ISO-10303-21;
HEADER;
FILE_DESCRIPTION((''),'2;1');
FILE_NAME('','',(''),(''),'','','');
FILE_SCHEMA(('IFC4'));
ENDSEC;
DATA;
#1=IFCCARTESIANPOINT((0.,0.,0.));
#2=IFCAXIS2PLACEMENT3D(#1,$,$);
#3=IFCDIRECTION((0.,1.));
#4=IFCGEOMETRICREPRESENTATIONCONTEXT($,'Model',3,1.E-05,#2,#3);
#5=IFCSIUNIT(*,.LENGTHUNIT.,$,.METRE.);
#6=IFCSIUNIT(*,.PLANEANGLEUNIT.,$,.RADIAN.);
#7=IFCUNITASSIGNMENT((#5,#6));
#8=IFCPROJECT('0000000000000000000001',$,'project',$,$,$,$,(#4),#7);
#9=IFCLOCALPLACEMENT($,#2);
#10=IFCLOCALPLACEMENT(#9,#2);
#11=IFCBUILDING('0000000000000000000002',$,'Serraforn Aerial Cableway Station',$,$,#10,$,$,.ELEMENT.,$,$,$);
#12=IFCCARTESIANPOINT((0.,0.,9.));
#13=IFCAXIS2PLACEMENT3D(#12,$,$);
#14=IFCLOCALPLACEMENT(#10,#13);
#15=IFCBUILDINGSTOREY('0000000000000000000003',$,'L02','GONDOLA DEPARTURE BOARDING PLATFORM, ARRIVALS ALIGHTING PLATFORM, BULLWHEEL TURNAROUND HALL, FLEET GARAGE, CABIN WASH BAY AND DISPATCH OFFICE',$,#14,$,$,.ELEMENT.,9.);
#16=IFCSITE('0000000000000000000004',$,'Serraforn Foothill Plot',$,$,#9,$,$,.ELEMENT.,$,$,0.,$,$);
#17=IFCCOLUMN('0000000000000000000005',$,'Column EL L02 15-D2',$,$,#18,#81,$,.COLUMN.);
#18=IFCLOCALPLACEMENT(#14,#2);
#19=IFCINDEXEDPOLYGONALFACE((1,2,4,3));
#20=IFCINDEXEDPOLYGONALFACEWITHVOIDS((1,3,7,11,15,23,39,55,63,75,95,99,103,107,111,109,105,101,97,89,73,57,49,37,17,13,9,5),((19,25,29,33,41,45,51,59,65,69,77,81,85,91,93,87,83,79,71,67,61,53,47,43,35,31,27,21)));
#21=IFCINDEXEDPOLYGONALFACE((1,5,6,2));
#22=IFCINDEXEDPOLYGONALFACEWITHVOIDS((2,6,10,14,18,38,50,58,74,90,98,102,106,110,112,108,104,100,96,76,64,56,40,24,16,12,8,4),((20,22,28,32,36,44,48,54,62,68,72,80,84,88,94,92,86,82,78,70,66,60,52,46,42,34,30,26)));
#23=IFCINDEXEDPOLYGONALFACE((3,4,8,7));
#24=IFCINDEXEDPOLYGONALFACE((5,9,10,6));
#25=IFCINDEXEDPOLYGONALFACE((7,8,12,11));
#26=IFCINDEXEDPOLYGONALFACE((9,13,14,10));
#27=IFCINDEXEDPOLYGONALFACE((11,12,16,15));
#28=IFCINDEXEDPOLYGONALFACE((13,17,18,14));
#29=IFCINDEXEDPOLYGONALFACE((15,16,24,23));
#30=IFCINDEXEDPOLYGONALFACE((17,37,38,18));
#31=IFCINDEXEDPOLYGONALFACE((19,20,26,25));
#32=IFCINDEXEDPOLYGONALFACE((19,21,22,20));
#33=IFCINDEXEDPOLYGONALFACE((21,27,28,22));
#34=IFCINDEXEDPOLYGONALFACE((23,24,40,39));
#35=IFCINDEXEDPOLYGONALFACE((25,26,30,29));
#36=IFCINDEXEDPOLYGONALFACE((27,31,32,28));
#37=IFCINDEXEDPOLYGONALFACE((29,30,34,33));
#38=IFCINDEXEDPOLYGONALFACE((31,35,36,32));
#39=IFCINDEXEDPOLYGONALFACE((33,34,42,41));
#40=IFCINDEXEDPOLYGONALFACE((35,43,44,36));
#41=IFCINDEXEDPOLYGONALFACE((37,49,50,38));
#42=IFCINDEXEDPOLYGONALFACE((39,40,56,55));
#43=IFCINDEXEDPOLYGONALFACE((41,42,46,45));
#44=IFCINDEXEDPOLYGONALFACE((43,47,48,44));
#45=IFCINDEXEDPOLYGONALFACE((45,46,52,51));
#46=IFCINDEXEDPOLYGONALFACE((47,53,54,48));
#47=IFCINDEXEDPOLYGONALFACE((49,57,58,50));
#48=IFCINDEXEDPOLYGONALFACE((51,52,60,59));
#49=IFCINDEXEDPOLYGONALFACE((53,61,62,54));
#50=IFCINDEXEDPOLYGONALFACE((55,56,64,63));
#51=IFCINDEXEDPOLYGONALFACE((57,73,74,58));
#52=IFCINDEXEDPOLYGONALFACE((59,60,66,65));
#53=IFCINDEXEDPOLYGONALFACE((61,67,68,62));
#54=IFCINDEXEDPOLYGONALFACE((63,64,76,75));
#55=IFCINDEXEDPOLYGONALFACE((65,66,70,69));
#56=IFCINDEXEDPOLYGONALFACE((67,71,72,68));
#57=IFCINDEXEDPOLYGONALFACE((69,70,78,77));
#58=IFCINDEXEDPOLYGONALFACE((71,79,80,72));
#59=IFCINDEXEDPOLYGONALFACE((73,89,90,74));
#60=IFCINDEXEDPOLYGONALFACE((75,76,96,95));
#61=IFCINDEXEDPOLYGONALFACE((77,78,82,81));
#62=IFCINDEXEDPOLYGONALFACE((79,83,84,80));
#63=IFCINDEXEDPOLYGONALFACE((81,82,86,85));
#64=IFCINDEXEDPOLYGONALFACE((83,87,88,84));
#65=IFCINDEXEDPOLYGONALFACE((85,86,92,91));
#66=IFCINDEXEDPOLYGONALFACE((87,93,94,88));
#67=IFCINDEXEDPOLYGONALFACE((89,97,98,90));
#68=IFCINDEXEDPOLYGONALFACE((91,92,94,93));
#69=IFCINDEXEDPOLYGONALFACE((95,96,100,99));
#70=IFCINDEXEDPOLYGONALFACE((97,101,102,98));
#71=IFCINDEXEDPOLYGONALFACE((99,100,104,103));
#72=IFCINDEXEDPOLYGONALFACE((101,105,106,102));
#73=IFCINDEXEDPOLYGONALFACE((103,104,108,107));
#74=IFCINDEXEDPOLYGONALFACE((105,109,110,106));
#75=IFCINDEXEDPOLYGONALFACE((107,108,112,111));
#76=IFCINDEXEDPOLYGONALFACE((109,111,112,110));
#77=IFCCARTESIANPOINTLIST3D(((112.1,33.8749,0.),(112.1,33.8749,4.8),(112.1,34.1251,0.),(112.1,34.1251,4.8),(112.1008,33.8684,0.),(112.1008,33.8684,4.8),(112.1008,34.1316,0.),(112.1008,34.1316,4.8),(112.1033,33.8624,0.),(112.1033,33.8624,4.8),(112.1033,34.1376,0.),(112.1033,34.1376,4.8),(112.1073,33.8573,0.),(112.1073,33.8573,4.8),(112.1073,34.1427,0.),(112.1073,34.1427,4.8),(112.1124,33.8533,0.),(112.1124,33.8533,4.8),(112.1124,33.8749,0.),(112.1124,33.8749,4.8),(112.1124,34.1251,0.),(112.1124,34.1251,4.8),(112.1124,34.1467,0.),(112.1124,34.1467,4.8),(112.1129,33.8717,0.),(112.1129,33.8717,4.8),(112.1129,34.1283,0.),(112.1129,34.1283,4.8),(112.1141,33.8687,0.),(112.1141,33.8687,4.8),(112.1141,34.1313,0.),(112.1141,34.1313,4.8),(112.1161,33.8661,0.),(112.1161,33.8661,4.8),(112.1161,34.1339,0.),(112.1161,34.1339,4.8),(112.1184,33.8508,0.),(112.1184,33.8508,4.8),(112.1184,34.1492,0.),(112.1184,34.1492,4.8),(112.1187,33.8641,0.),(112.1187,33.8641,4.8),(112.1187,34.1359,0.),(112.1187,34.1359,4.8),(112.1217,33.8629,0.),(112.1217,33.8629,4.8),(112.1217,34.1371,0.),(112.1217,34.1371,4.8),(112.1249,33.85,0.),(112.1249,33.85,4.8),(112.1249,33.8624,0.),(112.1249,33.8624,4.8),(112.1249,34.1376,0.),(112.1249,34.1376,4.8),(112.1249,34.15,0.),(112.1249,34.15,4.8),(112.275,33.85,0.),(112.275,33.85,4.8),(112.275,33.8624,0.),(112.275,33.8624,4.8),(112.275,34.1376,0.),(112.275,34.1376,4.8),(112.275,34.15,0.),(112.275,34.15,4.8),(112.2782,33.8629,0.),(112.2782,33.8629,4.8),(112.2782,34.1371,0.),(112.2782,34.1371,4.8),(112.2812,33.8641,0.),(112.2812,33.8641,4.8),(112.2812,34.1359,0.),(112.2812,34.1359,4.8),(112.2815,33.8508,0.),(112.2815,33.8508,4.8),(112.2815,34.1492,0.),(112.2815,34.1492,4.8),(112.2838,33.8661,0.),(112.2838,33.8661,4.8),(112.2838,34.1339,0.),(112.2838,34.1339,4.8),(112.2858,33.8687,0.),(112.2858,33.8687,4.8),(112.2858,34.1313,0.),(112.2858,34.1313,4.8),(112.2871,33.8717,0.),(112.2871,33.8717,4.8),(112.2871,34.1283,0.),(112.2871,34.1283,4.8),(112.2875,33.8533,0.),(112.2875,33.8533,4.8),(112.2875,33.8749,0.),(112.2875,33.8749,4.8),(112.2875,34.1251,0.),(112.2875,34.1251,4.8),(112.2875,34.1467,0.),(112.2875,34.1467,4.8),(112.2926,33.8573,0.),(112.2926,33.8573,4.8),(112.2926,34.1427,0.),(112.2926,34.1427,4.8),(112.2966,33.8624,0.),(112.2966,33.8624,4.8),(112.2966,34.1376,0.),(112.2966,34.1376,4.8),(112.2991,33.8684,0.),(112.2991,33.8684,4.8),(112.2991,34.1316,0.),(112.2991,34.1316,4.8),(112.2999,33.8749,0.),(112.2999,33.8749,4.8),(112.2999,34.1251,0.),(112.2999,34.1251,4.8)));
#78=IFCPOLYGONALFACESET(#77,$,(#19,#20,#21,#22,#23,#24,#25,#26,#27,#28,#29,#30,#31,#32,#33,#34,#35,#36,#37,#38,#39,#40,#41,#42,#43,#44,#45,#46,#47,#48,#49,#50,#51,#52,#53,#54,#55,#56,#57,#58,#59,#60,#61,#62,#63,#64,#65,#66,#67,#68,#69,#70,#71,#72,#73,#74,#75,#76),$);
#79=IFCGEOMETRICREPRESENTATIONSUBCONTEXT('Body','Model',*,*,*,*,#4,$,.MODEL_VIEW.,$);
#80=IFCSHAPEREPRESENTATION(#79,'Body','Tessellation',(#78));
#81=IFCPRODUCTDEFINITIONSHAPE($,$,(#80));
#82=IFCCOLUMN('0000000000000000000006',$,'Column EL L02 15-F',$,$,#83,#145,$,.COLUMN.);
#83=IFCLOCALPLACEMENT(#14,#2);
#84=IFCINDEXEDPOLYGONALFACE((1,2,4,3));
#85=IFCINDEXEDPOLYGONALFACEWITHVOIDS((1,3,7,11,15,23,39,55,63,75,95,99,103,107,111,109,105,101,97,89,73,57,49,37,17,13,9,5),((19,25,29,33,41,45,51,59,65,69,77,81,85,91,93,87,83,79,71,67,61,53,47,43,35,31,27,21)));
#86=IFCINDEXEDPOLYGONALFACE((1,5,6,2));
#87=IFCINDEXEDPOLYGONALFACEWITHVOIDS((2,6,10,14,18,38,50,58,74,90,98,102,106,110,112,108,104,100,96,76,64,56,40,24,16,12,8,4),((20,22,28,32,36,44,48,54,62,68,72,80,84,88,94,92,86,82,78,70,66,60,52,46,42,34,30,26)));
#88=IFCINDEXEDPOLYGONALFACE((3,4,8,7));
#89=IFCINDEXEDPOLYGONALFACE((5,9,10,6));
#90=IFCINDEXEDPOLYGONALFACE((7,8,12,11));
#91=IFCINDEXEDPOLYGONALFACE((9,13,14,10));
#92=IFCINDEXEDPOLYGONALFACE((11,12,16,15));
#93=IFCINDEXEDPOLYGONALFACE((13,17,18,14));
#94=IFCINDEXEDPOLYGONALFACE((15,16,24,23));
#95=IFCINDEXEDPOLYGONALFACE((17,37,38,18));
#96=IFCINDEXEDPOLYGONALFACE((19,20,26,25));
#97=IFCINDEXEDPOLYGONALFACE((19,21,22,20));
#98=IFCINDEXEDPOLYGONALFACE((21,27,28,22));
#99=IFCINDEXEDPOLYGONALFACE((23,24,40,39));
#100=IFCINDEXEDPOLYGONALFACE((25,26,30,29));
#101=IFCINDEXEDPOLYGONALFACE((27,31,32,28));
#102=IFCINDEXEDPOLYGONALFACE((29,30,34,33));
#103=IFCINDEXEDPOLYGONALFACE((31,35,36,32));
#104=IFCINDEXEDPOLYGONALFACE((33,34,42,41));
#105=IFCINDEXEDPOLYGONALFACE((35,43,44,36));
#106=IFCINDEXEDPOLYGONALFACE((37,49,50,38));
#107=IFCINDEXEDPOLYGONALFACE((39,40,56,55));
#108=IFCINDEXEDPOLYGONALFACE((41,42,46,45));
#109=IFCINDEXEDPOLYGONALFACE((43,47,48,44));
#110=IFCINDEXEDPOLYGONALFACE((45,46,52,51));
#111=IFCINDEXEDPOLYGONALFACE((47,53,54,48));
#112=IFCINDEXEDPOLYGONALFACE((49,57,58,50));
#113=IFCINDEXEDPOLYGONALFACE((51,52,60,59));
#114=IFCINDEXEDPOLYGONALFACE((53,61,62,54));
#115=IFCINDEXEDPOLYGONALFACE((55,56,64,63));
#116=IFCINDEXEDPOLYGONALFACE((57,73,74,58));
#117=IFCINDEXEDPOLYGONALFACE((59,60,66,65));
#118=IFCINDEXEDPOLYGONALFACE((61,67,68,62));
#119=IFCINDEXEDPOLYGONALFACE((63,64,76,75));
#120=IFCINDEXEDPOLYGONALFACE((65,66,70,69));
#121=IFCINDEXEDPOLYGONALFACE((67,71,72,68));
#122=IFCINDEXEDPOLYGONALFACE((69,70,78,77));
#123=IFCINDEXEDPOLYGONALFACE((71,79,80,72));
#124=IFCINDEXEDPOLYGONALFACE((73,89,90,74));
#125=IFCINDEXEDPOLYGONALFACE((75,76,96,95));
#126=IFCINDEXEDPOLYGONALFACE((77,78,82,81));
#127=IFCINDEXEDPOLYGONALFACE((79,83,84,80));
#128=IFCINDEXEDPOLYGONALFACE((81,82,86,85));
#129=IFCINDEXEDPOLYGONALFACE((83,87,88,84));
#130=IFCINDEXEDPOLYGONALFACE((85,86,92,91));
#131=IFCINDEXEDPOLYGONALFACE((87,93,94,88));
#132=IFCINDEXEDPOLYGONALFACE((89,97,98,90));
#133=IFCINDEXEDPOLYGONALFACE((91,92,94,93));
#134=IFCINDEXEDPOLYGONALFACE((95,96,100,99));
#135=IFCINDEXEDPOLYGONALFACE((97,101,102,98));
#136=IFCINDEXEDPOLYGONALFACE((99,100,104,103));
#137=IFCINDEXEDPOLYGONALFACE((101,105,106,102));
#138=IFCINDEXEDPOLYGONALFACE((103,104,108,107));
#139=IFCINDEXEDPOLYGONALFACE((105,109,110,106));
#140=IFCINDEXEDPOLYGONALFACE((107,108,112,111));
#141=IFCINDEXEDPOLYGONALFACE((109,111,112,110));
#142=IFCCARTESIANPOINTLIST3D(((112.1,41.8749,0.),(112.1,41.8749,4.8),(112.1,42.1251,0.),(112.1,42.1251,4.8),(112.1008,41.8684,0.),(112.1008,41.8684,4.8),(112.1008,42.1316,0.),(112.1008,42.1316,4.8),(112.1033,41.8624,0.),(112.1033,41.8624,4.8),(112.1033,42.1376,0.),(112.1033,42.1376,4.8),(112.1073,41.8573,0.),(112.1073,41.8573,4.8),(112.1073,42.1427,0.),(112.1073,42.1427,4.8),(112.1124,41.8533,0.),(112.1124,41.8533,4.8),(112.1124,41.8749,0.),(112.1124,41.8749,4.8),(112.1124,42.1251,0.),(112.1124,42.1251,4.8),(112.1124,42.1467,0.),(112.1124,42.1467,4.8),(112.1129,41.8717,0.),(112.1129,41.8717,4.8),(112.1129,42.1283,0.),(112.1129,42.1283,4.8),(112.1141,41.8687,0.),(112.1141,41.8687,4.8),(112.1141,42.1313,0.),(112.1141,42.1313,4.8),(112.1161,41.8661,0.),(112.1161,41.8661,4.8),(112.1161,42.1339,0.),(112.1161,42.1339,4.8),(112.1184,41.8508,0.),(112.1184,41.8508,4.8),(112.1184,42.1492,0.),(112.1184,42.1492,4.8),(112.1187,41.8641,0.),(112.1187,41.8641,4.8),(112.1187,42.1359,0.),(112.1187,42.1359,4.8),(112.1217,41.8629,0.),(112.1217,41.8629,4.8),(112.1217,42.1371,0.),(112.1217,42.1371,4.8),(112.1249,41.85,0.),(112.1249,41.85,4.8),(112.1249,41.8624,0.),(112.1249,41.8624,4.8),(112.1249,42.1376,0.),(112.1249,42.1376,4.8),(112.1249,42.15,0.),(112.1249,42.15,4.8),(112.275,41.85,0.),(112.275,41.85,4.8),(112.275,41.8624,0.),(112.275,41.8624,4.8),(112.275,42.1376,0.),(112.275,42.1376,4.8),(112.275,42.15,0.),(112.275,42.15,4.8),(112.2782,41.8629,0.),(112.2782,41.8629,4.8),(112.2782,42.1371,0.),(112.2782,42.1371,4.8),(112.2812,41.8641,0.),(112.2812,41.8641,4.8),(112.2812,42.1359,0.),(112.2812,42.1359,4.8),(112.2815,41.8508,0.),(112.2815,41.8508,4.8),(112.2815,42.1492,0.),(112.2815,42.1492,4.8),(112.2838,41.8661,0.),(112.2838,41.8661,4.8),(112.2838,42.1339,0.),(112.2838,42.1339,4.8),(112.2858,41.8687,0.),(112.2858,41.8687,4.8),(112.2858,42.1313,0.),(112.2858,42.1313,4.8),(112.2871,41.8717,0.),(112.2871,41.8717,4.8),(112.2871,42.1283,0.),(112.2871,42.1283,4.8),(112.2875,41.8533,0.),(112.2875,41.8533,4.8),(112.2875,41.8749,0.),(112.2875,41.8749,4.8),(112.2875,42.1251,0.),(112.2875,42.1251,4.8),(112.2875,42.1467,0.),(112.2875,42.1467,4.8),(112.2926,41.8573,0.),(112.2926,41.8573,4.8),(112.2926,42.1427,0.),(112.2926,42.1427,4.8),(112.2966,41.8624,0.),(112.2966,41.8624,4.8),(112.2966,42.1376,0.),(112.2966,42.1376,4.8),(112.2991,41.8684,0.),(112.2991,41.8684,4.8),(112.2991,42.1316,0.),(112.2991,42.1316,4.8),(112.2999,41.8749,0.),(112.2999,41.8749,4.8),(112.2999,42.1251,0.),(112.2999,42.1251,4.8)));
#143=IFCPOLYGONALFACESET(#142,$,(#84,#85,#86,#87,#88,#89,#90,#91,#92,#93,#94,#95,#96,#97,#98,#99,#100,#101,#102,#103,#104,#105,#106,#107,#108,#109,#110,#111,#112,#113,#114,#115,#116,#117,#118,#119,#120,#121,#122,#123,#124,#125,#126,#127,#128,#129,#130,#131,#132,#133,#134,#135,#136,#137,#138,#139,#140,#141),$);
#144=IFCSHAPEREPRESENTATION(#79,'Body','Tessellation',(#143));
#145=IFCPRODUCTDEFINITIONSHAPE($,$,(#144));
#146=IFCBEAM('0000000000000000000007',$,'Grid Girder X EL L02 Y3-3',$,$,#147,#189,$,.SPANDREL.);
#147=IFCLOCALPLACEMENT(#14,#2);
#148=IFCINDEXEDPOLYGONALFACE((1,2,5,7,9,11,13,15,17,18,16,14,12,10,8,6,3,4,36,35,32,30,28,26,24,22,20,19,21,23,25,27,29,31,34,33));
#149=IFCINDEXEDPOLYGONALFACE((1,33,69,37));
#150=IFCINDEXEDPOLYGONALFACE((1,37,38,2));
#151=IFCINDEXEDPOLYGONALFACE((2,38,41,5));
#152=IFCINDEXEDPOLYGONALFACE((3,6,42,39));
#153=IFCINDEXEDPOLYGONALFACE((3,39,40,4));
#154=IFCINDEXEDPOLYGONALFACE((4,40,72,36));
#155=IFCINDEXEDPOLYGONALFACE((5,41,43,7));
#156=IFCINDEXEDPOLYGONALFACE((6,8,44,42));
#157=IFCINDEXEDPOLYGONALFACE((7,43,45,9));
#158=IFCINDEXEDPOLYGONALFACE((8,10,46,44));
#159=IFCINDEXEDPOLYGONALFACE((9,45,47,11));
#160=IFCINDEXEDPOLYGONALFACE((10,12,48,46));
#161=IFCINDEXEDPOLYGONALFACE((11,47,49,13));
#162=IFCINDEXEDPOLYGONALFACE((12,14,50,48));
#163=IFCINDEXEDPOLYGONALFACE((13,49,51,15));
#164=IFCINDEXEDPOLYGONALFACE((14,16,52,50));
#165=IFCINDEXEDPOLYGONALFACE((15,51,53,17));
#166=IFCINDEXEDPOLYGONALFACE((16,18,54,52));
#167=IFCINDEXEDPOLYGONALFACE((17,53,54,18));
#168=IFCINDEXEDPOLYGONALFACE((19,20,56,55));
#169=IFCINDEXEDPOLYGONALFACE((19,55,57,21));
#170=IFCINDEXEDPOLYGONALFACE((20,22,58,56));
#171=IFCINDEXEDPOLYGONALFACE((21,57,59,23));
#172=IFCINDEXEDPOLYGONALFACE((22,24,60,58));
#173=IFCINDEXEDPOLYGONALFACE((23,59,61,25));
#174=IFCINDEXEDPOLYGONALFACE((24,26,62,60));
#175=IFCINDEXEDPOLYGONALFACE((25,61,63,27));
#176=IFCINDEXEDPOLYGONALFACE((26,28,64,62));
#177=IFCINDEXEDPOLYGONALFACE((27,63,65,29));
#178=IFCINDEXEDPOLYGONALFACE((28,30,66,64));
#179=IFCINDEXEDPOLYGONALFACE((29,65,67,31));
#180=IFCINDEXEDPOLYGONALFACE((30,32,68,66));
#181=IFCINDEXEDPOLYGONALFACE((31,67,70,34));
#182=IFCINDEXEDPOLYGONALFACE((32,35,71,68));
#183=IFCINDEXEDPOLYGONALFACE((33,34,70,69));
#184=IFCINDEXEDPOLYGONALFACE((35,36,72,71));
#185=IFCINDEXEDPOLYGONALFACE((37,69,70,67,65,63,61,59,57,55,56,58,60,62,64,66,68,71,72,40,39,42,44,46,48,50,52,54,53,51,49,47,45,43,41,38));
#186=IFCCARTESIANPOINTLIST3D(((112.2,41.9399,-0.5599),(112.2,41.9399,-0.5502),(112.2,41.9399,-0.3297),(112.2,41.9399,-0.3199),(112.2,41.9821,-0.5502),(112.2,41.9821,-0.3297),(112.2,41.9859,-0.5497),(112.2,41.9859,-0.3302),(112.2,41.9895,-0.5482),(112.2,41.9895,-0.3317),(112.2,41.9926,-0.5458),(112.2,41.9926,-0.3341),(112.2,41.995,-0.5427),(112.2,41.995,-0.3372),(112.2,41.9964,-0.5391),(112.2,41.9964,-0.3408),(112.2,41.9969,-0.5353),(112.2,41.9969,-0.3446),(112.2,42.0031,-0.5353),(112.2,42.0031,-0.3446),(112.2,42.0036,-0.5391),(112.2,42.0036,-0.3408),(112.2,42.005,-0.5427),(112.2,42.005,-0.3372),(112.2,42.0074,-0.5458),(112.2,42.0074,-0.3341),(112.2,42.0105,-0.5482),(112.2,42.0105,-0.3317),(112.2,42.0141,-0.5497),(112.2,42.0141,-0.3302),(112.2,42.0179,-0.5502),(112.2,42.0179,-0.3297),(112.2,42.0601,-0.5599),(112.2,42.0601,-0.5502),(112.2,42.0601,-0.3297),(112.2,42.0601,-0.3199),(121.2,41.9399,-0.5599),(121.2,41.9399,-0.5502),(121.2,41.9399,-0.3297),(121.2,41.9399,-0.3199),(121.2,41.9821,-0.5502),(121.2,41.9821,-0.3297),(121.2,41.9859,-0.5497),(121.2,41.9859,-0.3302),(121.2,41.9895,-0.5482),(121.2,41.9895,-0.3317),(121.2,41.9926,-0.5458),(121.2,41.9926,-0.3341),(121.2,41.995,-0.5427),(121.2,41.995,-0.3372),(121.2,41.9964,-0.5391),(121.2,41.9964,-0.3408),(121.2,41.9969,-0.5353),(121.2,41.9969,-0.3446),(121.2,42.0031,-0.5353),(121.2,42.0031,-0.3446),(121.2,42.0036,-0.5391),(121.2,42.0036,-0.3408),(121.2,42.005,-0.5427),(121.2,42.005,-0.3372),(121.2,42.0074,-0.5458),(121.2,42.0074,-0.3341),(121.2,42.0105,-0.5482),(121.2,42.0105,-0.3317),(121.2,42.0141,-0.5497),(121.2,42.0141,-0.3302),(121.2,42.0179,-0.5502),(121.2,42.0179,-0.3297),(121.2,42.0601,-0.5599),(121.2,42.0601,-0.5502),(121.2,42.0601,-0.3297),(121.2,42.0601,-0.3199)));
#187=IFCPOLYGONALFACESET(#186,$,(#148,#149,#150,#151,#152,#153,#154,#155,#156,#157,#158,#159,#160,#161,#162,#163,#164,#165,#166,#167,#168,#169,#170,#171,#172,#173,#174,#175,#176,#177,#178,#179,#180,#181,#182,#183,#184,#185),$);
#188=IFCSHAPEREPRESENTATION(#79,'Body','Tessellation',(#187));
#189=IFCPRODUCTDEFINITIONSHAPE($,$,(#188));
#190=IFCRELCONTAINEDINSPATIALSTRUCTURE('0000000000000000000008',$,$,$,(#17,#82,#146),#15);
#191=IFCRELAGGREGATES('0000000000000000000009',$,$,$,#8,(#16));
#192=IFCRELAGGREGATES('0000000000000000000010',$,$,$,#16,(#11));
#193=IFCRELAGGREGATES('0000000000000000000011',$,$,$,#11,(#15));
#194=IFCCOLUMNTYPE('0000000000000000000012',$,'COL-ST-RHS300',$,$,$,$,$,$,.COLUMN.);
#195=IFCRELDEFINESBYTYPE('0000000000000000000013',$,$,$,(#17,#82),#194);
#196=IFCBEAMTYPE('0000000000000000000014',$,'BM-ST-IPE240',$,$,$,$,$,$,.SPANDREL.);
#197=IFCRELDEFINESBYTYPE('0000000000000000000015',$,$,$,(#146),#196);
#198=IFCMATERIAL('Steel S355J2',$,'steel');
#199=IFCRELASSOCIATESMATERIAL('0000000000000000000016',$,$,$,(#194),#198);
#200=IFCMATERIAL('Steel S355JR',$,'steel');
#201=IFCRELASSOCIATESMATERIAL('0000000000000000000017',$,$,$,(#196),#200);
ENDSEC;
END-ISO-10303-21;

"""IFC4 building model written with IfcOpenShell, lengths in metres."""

from ifc_helpers import new_model, si_unit, direction, frame, origin, origin_2d, place, context, subcontext, project, spatial, hollow_rectangle, i_section, extrude, material, material_profile, profile_set, type_object, element, save


model = new_model("IFC4")

# Units and contexts
model_context = context("Model", 3, precision=1e-05, world=origin(), true_north=direction((0.0, 1.0)))
body_context = subcontext(model_context, "Body", "Model", "MODEL_VIEW")
ifc_project = project(units=[si_unit("LENGTHUNIT", "METRE"), si_unit("PLANEANGLEUNIT", "RADIAN")], contexts=[model_context])

# Site, building, storey
site_placement = place(None, origin())
site = spatial("IfcSite", under=ifc_project, at=site_placement, Name="Serraforn Foothill Plot", CompositionType="ELEMENT", RefElevation=0.0)
building_placement = place(site_placement, origin())
building = spatial("IfcBuilding", under=site, at=building_placement, Name="Serraforn Aerial Cableway Station", CompositionType="ELEMENT")
storey_placement = place(building_placement, frame((0.0, 0.0, 9.0)))
storey = spatial("IfcBuildingStorey", under=building, at=storey_placement, Name="L02", Description="GONDOLA DEPARTURE BOARDING PLATFORM, ARRIVALS ALIGHTING PLATFORM, BULLWHEEL TURNAROUND HALL, FLEET GARAGE, CABIN WASH BAY AND DISPATCH OFFICE", CompositionType="ELEMENT", Elevation=9.0)

# Columns
ifc_material_1 = material(Name="Steel S355J2", Category="steel")
ifc_material_profile_1 = material_profile(ifc_material_1, hollow_rectangle(XDim=0.2, YDim=0.3, WallThickness=0.0125, InnerFilletRadius=0.0125, OuterFilletRadius=0.0249, at=origin_2d()), Name="RHS 300x200x12.5")
ifc_profile_set_1 = profile_set([ifc_material_profile_1], Name="Steel S355J2")
column_type = type_object("IfcColumnType", Name="COL-ST-RHS300", PredefinedType="COLUMN", material=ifc_profile_set_1)
for number, where, z_axis, x_axis, name in (
    (1, (112.2, 34.0, 0.0), (0.0, 0.0, 1.0), (1.0, 0.0, 0.0), "Column EL L02 15-D2"),
    (2, (112.2, 42.0, 0.0), (0.0, 0.0, 1.0), (1.0, 0.0, 0.0), "Column EL L02 15-F"),
):
    element("IfcColumn", number, at=place(storey_placement, frame(where, z_axis=z_axis, x_axis=x_axis)), inside=storey, type_object=column_type, Name=name, PredefinedType="COLUMN", context=body_context, shape_type="SweptSolid", body=[
        extrude(hollow_rectangle(XDim=0.2, YDim=0.3, WallThickness=0.0125, InnerFilletRadius=0.0125, OuterFilletRadius=0.0249, at=origin_2d()), origin(), (0.0, 0.0, 1.0), 4.8),
    ])

# Beam
ifc_material_2 = material(Name="Steel S355JR", Category="steel")
ifc_material_profile_2 = material_profile(ifc_material_2, i_section(OverallWidth=0.1201, OverallDepth=0.24, WebThickness=0.0061, FlangeThickness=0.0098, FilletRadius=0.0149, at=origin_2d()), Name="IPE 240")
ifc_profile_set_2 = profile_set([ifc_material_profile_2], Name="Steel S355JR")
beam_type_1 = type_object("IfcBeamType", Name="BM-ST-IPE240", PredefinedType="SPANDREL", material=ifc_profile_set_2)
beam_1_placement = place(storey_placement, frame((112.2, 42.0, -0.4399), z_axis=(1.0, 0.0, 0.0), x_axis=(0.0, 1.0, 0.0)))
element("IfcBeam", 3, at=beam_1_placement, inside=storey, type_object=beam_type_1, Name="Grid Girder X EL L02 Y3-3", PredefinedType="SPANDREL", context=body_context, shape_type="SweptSolid", body=[
    extrude(i_section(OverallWidth=0.1201, OverallDepth=0.24, WebThickness=0.0061, FlangeThickness=0.0098, FilletRadius=0.0149, at=origin_2d()), origin(), (0.0, 0.0, 1.0), 9.0),
])

save(model, "model.ifc")
